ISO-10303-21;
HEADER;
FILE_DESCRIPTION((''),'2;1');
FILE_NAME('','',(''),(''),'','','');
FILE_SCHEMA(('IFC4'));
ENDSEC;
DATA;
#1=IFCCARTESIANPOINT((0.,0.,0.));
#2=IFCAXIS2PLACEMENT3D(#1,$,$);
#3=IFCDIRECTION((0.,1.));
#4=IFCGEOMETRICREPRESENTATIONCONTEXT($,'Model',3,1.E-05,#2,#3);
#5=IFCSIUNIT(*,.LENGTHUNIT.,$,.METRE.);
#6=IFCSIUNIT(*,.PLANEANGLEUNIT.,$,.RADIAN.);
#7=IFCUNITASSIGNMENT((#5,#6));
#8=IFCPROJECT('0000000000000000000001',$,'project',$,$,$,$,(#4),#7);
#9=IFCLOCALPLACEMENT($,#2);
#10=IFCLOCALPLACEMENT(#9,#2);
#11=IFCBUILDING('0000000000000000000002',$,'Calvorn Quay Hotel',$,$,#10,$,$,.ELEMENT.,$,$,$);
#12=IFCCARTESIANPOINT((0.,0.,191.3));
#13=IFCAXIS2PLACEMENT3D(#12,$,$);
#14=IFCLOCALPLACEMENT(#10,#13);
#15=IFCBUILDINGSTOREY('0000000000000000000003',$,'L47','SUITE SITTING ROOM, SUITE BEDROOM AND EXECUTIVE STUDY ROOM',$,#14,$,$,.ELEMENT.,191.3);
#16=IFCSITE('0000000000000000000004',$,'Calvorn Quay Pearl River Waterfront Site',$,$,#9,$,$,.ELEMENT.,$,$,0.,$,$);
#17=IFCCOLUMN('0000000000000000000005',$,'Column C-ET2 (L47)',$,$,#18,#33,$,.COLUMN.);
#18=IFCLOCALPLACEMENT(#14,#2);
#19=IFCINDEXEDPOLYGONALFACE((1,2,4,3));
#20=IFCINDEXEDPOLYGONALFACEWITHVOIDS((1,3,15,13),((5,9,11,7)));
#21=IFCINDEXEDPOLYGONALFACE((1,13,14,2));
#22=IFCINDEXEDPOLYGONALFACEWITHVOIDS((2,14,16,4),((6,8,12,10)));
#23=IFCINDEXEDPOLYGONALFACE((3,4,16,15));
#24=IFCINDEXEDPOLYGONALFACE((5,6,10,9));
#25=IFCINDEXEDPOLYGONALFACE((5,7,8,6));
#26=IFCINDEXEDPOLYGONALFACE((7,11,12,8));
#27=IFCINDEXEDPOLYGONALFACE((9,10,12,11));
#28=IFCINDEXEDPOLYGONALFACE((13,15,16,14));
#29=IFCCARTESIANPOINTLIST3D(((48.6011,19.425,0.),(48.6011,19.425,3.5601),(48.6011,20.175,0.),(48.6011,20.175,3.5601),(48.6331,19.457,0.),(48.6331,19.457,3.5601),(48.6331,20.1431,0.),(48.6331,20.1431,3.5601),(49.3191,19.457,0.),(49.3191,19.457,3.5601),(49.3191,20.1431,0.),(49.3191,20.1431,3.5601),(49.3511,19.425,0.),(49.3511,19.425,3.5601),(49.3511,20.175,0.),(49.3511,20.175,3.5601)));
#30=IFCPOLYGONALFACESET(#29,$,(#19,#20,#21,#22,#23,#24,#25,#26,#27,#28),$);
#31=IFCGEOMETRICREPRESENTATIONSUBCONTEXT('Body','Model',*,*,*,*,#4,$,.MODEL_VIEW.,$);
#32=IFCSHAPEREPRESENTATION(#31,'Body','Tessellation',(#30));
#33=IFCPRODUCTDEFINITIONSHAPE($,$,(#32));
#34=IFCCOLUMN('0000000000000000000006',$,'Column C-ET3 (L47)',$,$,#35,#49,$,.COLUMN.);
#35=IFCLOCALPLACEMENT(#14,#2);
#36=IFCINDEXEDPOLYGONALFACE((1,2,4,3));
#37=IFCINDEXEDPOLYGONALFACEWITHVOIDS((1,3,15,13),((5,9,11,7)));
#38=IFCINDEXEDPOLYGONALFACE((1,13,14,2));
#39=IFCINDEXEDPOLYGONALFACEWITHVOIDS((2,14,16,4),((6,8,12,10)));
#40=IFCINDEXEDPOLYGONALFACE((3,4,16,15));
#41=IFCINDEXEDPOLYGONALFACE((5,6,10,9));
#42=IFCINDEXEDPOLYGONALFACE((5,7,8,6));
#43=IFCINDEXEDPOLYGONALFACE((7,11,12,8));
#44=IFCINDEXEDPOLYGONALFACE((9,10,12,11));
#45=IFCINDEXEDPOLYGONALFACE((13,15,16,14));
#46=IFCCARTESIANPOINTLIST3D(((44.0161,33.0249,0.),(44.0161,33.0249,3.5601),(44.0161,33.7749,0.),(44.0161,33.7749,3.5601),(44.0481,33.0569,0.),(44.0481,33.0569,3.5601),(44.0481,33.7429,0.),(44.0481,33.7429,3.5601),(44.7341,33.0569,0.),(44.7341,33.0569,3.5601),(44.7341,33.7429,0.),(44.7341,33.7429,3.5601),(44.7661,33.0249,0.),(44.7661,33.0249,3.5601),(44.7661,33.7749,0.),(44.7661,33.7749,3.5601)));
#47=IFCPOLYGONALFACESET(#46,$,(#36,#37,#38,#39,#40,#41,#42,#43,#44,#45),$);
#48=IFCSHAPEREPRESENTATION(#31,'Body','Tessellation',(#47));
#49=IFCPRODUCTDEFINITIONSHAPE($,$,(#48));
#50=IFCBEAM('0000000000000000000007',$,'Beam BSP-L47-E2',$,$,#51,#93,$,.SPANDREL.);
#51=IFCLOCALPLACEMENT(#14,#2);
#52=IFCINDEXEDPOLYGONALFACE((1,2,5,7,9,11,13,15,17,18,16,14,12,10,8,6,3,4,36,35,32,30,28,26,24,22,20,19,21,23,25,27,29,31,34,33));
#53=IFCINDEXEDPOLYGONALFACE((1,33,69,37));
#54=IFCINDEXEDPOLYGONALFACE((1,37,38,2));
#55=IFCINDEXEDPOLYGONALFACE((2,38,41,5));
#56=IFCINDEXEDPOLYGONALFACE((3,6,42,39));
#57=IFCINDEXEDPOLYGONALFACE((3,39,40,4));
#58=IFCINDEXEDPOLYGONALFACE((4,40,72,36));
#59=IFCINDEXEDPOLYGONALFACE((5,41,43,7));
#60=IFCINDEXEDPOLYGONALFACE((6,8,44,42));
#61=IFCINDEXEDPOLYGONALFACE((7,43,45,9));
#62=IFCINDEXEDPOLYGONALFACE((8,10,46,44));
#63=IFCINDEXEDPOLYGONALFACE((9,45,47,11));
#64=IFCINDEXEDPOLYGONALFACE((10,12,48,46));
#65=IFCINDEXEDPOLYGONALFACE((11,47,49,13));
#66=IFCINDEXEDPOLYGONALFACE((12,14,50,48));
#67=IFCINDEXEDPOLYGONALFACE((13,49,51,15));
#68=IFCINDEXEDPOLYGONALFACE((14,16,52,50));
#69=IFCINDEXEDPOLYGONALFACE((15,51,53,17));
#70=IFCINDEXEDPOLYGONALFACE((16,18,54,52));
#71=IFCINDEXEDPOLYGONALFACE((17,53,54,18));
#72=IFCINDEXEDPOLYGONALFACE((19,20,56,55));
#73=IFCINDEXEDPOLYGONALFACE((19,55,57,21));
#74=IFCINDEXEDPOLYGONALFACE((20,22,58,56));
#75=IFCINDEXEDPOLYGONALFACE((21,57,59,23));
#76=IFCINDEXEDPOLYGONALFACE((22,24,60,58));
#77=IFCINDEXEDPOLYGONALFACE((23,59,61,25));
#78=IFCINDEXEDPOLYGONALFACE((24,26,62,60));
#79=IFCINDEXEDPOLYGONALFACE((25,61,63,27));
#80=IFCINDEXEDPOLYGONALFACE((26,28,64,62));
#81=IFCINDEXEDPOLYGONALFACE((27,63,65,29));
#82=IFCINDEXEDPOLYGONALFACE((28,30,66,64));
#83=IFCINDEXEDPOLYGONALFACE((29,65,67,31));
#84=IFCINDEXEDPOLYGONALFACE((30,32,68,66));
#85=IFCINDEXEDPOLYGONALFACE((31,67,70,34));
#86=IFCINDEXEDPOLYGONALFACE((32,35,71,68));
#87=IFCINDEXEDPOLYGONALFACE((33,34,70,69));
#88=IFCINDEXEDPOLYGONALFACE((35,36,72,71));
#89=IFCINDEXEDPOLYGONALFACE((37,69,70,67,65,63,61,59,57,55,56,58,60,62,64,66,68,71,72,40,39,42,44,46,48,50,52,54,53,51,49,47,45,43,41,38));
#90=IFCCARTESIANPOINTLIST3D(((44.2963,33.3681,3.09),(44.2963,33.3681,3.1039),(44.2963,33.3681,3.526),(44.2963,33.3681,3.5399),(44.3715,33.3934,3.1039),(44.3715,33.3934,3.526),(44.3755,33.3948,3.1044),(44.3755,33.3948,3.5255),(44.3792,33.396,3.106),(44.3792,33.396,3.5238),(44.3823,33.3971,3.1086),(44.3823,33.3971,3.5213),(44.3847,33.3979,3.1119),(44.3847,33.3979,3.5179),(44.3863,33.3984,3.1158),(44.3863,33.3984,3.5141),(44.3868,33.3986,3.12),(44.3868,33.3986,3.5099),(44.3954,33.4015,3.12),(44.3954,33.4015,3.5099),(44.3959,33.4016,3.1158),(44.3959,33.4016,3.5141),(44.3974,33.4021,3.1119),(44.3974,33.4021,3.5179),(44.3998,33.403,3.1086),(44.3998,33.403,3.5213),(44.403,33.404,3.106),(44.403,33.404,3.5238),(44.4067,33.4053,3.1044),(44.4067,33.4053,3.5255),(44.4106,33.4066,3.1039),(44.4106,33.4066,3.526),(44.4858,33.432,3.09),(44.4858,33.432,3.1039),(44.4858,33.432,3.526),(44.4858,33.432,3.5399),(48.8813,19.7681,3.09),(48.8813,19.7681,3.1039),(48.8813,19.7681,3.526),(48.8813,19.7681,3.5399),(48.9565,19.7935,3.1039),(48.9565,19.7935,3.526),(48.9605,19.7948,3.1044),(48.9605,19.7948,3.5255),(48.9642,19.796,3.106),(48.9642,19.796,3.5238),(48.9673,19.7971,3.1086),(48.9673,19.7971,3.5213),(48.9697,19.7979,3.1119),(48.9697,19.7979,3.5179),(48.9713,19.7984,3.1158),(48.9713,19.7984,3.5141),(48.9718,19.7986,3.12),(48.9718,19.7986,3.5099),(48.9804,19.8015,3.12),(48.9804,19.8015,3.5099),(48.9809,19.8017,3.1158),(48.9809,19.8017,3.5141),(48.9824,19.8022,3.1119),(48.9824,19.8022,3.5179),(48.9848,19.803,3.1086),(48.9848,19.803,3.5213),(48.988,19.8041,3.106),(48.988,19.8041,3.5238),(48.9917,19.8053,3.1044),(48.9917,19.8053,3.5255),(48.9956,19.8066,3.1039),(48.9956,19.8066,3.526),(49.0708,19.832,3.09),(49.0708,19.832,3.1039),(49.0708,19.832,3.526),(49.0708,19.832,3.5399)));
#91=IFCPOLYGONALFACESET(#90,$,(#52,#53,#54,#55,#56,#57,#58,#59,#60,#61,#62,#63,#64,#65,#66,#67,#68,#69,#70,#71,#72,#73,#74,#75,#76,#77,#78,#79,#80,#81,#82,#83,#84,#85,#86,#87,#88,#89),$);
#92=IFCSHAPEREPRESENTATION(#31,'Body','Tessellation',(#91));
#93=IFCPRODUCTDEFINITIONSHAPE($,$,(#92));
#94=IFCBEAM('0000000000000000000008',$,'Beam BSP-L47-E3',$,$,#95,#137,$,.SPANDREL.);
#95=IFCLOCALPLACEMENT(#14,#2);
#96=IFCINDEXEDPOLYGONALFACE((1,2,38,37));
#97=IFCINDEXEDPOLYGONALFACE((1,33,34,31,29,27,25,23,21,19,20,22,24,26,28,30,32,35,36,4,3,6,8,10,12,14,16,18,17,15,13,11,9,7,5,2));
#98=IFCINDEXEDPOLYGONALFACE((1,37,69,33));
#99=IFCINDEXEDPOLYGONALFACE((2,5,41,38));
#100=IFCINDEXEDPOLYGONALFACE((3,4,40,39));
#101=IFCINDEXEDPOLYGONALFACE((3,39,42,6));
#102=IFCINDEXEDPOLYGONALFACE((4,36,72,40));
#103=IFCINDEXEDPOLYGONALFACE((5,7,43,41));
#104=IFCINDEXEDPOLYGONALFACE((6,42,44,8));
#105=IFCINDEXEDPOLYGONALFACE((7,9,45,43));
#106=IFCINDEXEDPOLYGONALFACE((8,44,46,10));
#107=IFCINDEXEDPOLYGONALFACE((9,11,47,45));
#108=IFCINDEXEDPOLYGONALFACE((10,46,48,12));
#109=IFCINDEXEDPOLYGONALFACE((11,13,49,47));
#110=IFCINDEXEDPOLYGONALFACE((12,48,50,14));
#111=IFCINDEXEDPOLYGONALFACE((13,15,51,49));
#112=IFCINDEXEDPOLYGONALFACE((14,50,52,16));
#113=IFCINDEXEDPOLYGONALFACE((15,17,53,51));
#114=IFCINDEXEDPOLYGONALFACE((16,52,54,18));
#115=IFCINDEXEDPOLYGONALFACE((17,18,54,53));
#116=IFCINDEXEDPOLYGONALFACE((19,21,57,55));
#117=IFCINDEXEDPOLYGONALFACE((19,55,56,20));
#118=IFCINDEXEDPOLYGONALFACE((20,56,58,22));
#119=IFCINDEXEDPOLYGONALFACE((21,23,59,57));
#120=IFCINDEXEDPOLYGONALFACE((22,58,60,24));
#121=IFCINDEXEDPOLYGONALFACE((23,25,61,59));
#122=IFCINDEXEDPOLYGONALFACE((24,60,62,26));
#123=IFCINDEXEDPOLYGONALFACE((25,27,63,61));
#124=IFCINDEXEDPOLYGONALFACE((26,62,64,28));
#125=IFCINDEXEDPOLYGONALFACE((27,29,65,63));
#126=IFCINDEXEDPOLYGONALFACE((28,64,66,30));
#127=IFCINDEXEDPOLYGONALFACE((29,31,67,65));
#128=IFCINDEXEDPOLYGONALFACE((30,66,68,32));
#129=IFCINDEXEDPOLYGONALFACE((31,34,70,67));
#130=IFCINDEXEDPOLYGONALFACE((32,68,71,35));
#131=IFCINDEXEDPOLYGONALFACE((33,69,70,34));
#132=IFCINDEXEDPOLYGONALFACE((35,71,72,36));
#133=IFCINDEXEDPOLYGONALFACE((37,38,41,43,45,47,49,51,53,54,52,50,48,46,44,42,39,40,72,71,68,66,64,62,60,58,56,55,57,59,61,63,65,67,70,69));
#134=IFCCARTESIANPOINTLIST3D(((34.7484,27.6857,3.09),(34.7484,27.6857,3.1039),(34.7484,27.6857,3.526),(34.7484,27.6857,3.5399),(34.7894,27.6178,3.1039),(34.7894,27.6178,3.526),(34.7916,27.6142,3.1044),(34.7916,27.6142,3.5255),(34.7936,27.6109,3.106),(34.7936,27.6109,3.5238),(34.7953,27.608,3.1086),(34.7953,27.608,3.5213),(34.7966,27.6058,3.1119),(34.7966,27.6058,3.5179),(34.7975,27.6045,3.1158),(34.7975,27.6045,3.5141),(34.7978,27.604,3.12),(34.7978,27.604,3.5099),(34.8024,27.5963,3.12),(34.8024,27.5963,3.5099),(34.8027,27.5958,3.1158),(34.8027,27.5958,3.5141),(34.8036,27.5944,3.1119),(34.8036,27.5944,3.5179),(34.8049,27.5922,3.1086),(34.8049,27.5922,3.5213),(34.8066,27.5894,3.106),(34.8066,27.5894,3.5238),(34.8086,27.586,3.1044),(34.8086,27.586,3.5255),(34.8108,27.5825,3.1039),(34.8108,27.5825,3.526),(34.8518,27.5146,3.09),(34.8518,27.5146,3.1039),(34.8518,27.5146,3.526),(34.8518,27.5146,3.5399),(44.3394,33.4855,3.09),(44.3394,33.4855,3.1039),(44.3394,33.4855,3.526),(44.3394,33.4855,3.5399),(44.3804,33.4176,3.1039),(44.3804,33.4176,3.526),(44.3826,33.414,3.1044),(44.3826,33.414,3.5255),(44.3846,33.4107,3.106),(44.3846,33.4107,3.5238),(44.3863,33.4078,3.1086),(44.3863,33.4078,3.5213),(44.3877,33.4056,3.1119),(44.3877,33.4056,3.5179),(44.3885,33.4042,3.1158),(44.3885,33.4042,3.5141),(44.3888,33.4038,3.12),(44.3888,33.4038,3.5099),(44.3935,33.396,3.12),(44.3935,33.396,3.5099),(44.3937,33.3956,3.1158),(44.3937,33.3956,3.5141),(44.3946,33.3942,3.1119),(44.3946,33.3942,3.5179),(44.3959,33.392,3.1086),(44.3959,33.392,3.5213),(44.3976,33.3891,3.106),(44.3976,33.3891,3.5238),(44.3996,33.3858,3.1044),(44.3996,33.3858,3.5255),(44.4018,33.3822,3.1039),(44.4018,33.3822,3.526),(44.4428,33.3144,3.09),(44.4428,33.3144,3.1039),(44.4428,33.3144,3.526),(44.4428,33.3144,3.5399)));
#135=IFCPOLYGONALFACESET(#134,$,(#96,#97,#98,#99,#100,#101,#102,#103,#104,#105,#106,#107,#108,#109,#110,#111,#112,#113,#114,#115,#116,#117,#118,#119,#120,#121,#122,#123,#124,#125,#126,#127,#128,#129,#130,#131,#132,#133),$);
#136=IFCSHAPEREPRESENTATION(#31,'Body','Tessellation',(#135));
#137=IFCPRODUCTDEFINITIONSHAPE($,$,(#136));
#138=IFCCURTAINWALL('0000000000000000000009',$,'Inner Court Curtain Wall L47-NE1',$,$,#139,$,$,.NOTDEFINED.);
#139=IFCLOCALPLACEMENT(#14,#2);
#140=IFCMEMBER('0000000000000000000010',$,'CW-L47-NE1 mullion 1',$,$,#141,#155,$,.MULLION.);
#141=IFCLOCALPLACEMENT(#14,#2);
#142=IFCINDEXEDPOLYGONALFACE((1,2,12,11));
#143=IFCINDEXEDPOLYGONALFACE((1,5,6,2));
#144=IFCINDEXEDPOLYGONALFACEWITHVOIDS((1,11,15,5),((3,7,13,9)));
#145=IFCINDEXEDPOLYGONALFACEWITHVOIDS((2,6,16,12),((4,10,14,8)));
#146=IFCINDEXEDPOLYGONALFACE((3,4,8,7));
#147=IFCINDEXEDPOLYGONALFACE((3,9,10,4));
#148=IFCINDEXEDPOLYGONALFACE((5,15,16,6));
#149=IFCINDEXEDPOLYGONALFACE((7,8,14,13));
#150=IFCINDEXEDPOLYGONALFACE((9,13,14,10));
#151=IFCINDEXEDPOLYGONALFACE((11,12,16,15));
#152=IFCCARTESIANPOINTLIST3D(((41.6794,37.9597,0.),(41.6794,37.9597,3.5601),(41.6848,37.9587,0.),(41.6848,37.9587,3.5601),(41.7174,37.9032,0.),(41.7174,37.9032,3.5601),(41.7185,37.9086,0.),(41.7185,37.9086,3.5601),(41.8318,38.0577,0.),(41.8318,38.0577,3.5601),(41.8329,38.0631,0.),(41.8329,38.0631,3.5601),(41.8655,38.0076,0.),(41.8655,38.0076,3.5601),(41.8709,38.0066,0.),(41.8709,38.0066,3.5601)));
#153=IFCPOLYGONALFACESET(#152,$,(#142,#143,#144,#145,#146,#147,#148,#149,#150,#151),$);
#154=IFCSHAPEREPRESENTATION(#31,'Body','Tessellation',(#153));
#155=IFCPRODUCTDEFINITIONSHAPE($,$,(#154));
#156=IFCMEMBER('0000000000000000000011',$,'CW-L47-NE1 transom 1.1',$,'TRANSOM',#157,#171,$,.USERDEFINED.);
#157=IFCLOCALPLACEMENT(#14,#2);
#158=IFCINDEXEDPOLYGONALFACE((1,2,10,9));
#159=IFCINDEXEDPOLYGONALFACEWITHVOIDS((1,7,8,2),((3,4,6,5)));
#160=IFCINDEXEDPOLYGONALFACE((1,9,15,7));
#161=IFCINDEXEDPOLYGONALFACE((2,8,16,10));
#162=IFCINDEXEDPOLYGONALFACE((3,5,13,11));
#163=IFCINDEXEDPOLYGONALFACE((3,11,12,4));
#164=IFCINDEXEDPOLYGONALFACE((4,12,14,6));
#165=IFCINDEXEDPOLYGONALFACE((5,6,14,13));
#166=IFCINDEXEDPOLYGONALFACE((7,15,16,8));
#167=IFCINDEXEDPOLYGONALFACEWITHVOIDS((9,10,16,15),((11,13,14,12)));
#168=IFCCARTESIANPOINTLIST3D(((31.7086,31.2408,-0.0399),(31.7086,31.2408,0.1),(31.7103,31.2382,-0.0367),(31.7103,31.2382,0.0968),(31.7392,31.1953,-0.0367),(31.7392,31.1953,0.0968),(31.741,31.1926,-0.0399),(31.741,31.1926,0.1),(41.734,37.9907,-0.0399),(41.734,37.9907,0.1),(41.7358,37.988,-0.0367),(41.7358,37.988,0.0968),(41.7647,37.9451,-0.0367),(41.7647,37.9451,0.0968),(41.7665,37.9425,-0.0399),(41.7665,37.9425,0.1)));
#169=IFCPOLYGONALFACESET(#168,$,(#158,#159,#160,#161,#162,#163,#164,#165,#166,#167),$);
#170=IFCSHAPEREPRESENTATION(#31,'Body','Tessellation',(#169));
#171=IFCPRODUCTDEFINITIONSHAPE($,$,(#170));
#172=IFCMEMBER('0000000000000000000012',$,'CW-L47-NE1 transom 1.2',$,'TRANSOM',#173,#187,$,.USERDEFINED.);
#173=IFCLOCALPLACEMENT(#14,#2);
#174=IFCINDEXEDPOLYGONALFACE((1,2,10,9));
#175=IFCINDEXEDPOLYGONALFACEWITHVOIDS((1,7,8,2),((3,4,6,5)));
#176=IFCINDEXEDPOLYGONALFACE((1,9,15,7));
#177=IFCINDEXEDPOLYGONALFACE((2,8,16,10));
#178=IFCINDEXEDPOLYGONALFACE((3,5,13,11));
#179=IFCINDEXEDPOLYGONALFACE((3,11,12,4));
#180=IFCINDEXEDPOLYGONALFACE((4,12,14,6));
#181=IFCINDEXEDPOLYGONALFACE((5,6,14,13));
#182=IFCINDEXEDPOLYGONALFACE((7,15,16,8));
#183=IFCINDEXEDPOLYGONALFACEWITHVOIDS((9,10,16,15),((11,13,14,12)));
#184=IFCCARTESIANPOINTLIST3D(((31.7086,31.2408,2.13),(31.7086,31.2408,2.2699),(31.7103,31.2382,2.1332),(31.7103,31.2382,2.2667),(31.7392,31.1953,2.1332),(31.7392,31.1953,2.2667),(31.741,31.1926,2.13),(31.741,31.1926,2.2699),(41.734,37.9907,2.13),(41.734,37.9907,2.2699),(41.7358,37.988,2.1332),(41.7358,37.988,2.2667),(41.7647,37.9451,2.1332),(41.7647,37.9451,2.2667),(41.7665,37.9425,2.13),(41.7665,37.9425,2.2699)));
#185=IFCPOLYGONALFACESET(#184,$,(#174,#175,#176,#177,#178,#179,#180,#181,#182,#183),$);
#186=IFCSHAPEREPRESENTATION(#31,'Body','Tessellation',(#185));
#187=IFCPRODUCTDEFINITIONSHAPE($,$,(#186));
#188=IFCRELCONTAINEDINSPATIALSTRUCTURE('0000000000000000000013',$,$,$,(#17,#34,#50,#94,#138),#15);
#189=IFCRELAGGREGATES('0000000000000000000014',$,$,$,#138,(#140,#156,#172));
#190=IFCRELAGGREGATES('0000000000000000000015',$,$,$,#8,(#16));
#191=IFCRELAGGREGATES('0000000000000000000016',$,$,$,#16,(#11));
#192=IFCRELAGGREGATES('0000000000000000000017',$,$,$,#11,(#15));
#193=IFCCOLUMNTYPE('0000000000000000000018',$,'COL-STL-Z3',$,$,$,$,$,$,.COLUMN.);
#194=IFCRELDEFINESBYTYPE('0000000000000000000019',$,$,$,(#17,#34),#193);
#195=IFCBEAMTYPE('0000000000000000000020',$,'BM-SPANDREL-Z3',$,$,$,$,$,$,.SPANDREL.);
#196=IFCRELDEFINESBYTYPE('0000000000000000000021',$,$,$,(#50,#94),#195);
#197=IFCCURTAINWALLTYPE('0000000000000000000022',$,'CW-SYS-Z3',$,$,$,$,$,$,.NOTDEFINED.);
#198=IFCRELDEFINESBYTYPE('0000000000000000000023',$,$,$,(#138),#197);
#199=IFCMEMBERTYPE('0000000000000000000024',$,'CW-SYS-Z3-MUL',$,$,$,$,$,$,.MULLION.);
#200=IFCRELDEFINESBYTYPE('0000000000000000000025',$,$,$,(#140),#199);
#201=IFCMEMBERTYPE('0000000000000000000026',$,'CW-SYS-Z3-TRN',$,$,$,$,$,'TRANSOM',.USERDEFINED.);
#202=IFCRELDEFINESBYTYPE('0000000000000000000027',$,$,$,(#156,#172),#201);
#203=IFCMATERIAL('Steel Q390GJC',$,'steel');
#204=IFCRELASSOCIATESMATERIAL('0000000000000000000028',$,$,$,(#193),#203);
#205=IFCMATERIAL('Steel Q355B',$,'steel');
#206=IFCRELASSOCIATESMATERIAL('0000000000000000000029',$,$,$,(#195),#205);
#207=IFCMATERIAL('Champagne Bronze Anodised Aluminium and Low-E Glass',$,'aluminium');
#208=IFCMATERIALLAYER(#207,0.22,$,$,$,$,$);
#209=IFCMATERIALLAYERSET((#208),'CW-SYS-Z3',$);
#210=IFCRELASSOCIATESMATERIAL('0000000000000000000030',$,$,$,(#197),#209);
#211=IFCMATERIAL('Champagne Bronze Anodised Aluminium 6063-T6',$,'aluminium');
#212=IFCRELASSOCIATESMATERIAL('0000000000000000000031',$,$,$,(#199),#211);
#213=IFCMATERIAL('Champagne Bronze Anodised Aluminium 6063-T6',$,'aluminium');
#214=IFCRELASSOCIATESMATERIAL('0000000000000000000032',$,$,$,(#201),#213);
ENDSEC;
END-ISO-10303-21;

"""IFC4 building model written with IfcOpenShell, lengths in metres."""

from ifc_helpers import new_model, si_unit, direction, frame, origin, origin_2d, place, context, subcontext, project, spatial, hollow_rectangle, i_section, extrude, material, layer, layer_set, material_profile, profile_set, type_object, element, aggregate, save


model = new_model("IFC4")

# Units and contexts
model_context = context("Model", 3, precision=1e-05, world=origin(), true_north=direction((0.0, 1.0)))
body_context = subcontext(model_context, "Body", "Model", "MODEL_VIEW")
ifc_project = project(units=[si_unit("LENGTHUNIT", "METRE"), si_unit("PLANEANGLEUNIT", "RADIAN")], contexts=[model_context])

# Site, building, storey
site_placement = place(None, origin())
site = spatial("IfcSite", under=ifc_project, at=site_placement, Name="Calvorn Quay Pearl River Waterfront Site", CompositionType="ELEMENT", RefElevation=0.0)
building_placement = place(site_placement, origin())
building = spatial("IfcBuilding", under=site, at=building_placement, Name="Calvorn Quay Hotel", CompositionType="ELEMENT")
storey_placement = place(building_placement, frame((0.0, 0.0, 191.3)))
storey = spatial("IfcBuildingStorey", under=building, at=storey_placement, Name="L47", Description="SUITE SITTING ROOM, SUITE BEDROOM AND EXECUTIVE STUDY ROOM", CompositionType="ELEMENT", Elevation=191.3)

# Columns
ifc_material_1 = material(Name="Steel Q390GJC", Category="steel")
ifc_material_profile_1 = material_profile(ifc_material_1, hollow_rectangle(XDim=0.75, YDim=0.75, WallThickness=0.032, at=origin_2d()), Name="BOX750x750x32")
ifc_profile_set_1 = profile_set([ifc_material_profile_1], Name="Steel Q390GJC")
column_type = type_object("IfcColumnType", Name="COL-STL-Z3", PredefinedType="COLUMN", material=ifc_profile_set_1)
for number, where, z_axis, x_axis, name in (
    (1, (48.9761, 19.8, 0.0), (0.0, 0.0, 1.0), (1.0, 0.0, 0.0), "Column C-ET2 (L47)"),
    (2, (44.3911, 33.3999, 0.0), (0.0, 0.0, 1.0), (1.0, 0.0, 0.0), "Column C-ET3 (L47)"),
):
    element("IfcColumn", number, at=place(storey_placement, frame(where, z_axis=z_axis, x_axis=x_axis)), inside=storey, type_object=column_type, Name=name, PredefinedType="COLUMN", context=body_context, shape_type="SweptSolid", body=[
        extrude(hollow_rectangle(XDim=0.75, YDim=0.75, WallThickness=0.032, at=origin_2d()), origin(), (0.0, 0.0, 1.0), 3.5601),
    ])

# Beams
ifc_material_2 = material(Name="Steel Q355B", Category="steel")
ifc_material_profile_2 = material_profile(ifc_material_2, i_section(OverallWidth=0.2, OverallDepth=0.45, WebThickness=0.009, FlangeThickness=0.0139, FilletRadius=0.0161, at=origin_2d()), Name="HN450x200x9x14")
ifc_profile_set_2 = profile_set([ifc_material_profile_2], Name="Steel Q355B")
beam_type = type_object("IfcBeamType", Name="BM-SPANDREL-Z3", PredefinedType="SPANDREL", material=ifc_profile_set_2)
beam_1_placement = place(storey_placement, frame((48.9761, 19.8, 3.3149), z_axis=(-0.319467, 0.947598, 0.0), x_axis=(-0.947598, -0.319467, 0.0)))
element("IfcBeam", 3, at=beam_1_placement, inside=storey, type_object=beam_type, Name="Beam BSP-L47-E2", PredefinedType="SPANDREL", context=body_context, shape_type="SweptSolid", body=[
    extrude(i_section(OverallWidth=0.2, OverallDepth=0.45, WebThickness=0.009, FlangeThickness=0.0139, FilletRadius=0.0161, at=origin_2d()), origin(), (0.0, 0.0, 1.0), 14.3521),
])
beam_2_placement = place(storey_placement, frame((44.3911, 33.3999, 3.3149), z_axis=(-0.85571, -0.517456, 0.0), x_axis=(0.517456, -0.85571, 0.0)))
element("IfcBeam", 4, at=beam_2_placement, inside=storey, type_object=beam_type, Name="Beam BSP-L47-E3", PredefinedType="SPANDREL", context=body_context, shape_type="SweptSolid", body=[
    extrude(i_section(OverallWidth=0.2, OverallDepth=0.45, WebThickness=0.009, FlangeThickness=0.0139, FilletRadius=0.0161, at=origin_2d()), origin(), (0.0, 0.0, 1.0), 11.2083),
])

# Curtain wall, members
ifc_material_3 = material(Name="Champagne Bronze Anodised Aluminium and Low-E Glass", Category="aluminium")
ifc_layer_1 = layer(ifc_material_3, 0.22)
ifc_layer_set_1 = layer_set([ifc_layer_1], Name="CW-SYS-Z3")
curtain_wall_type = type_object("IfcCurtainWallType", Name="CW-SYS-Z3", PredefinedType="NOTDEFINED", material=ifc_layer_set_1)
curtain_wall_placement = place(storey_placement, origin())
curtain_wall = element("IfcCurtainWall", 5, at=curtain_wall_placement, inside=storey, type_object=curtain_wall_type, Name="Inner Court Curtain Wall L47-NE1", PredefinedType="NOTDEFINED")
ifc_material_4 = material(Name="Champagne Bronze Anodised Aluminium 6063-T6", Category="aluminium")
ifc_material_profile_3 = material_profile(ifc_material_4, hollow_rectangle(XDim=0.0681, YDim=0.1851, WallThickness=0.0039, at=origin_2d()), Name="ALU-M185x68x4")
ifc_profile_set_3 = profile_set([ifc_material_profile_3], Name="Champagne Bronze Anodised Aluminium 6063-T6")
member_type_1 = type_object("IfcMemberType", Name="CW-SYS-Z3-MUL", PredefinedType="MULLION", material=ifc_profile_set_3)
member_1_placement = place(storey_placement, frame((41.7751, 37.9832, 0.0), z_axis=(0.0, 0.0, 1.0), x_axis=(0.558485, -0.829515, 0.0)))
member_1 = element("IfcMember", 6, at=member_1_placement, type_object=member_type_1, Name="CW-L47-NE1 mullion 1", PredefinedType="MULLION", context=body_context, shape_type="SweptSolid", body=[
    extrude(hollow_rectangle(XDim=0.0681, YDim=0.1851, WallThickness=0.0039, at=origin_2d()), origin(), (0.0, 0.0, 1.0), 3.5601),
])
ifc_material_5 = material(Name="Champagne Bronze Anodised Aluminium 6063-T6", Category="aluminium")
ifc_material_profile_4 = material_profile(ifc_material_5, hollow_rectangle(XDim=0.0581, YDim=0.1399, WallThickness=0.0032, at=origin_2d()), Name="ALU-T140x58x3.2")
ifc_profile_set_4 = profile_set([ifc_material_profile_4], Name="Champagne Bronze Anodised Aluminium 6063-T6")
member_type_2 = type_object("IfcMemberType", Name="CW-SYS-Z3-TRN", ElementType="TRANSOM", PredefinedType="USERDEFINED", material=ifc_profile_set_4)
member_2_placement = place(storey_placement, frame((41.7502, 37.9666, 0.03), z_axis=(-0.829515, -0.558484, 0.0), x_axis=(0.558484, -0.829515, 0.0)))
member_2 = element("IfcMember", 7, at=member_2_placement, type_object=member_type_2, Name="CW-L47-NE1 transom 1.1", ObjectType="TRANSOM", PredefinedType="USERDEFINED", context=body_context, shape_type="SweptSolid", body=[
    extrude(hollow_rectangle(XDim=0.0581, YDim=0.1399, WallThickness=0.0032, at=origin_2d()), origin(), (0.0, 0.0, 1.0), 12.0859),
])
member_3_placement = place(storey_placement, frame((41.7502, 37.9666, 2.2), z_axis=(-0.829515, -0.558484, 0.0), x_axis=(0.558484, -0.829515, 0.0)))
member_3 = element("IfcMember", 8, at=member_3_placement, type_object=member_type_2, Name="CW-L47-NE1 transom 1.2", ObjectType="TRANSOM", PredefinedType="USERDEFINED", context=body_context, shape_type="SweptSolid", body=[
    extrude(hollow_rectangle(XDim=0.0581, YDim=0.1399, WallThickness=0.0032, at=origin_2d()), origin(), (0.0, 0.0, 1.0), 12.0859),
])
aggregate(curtain_wall, [member_1, member_2, member_3])

save(model, "model.ifc")
